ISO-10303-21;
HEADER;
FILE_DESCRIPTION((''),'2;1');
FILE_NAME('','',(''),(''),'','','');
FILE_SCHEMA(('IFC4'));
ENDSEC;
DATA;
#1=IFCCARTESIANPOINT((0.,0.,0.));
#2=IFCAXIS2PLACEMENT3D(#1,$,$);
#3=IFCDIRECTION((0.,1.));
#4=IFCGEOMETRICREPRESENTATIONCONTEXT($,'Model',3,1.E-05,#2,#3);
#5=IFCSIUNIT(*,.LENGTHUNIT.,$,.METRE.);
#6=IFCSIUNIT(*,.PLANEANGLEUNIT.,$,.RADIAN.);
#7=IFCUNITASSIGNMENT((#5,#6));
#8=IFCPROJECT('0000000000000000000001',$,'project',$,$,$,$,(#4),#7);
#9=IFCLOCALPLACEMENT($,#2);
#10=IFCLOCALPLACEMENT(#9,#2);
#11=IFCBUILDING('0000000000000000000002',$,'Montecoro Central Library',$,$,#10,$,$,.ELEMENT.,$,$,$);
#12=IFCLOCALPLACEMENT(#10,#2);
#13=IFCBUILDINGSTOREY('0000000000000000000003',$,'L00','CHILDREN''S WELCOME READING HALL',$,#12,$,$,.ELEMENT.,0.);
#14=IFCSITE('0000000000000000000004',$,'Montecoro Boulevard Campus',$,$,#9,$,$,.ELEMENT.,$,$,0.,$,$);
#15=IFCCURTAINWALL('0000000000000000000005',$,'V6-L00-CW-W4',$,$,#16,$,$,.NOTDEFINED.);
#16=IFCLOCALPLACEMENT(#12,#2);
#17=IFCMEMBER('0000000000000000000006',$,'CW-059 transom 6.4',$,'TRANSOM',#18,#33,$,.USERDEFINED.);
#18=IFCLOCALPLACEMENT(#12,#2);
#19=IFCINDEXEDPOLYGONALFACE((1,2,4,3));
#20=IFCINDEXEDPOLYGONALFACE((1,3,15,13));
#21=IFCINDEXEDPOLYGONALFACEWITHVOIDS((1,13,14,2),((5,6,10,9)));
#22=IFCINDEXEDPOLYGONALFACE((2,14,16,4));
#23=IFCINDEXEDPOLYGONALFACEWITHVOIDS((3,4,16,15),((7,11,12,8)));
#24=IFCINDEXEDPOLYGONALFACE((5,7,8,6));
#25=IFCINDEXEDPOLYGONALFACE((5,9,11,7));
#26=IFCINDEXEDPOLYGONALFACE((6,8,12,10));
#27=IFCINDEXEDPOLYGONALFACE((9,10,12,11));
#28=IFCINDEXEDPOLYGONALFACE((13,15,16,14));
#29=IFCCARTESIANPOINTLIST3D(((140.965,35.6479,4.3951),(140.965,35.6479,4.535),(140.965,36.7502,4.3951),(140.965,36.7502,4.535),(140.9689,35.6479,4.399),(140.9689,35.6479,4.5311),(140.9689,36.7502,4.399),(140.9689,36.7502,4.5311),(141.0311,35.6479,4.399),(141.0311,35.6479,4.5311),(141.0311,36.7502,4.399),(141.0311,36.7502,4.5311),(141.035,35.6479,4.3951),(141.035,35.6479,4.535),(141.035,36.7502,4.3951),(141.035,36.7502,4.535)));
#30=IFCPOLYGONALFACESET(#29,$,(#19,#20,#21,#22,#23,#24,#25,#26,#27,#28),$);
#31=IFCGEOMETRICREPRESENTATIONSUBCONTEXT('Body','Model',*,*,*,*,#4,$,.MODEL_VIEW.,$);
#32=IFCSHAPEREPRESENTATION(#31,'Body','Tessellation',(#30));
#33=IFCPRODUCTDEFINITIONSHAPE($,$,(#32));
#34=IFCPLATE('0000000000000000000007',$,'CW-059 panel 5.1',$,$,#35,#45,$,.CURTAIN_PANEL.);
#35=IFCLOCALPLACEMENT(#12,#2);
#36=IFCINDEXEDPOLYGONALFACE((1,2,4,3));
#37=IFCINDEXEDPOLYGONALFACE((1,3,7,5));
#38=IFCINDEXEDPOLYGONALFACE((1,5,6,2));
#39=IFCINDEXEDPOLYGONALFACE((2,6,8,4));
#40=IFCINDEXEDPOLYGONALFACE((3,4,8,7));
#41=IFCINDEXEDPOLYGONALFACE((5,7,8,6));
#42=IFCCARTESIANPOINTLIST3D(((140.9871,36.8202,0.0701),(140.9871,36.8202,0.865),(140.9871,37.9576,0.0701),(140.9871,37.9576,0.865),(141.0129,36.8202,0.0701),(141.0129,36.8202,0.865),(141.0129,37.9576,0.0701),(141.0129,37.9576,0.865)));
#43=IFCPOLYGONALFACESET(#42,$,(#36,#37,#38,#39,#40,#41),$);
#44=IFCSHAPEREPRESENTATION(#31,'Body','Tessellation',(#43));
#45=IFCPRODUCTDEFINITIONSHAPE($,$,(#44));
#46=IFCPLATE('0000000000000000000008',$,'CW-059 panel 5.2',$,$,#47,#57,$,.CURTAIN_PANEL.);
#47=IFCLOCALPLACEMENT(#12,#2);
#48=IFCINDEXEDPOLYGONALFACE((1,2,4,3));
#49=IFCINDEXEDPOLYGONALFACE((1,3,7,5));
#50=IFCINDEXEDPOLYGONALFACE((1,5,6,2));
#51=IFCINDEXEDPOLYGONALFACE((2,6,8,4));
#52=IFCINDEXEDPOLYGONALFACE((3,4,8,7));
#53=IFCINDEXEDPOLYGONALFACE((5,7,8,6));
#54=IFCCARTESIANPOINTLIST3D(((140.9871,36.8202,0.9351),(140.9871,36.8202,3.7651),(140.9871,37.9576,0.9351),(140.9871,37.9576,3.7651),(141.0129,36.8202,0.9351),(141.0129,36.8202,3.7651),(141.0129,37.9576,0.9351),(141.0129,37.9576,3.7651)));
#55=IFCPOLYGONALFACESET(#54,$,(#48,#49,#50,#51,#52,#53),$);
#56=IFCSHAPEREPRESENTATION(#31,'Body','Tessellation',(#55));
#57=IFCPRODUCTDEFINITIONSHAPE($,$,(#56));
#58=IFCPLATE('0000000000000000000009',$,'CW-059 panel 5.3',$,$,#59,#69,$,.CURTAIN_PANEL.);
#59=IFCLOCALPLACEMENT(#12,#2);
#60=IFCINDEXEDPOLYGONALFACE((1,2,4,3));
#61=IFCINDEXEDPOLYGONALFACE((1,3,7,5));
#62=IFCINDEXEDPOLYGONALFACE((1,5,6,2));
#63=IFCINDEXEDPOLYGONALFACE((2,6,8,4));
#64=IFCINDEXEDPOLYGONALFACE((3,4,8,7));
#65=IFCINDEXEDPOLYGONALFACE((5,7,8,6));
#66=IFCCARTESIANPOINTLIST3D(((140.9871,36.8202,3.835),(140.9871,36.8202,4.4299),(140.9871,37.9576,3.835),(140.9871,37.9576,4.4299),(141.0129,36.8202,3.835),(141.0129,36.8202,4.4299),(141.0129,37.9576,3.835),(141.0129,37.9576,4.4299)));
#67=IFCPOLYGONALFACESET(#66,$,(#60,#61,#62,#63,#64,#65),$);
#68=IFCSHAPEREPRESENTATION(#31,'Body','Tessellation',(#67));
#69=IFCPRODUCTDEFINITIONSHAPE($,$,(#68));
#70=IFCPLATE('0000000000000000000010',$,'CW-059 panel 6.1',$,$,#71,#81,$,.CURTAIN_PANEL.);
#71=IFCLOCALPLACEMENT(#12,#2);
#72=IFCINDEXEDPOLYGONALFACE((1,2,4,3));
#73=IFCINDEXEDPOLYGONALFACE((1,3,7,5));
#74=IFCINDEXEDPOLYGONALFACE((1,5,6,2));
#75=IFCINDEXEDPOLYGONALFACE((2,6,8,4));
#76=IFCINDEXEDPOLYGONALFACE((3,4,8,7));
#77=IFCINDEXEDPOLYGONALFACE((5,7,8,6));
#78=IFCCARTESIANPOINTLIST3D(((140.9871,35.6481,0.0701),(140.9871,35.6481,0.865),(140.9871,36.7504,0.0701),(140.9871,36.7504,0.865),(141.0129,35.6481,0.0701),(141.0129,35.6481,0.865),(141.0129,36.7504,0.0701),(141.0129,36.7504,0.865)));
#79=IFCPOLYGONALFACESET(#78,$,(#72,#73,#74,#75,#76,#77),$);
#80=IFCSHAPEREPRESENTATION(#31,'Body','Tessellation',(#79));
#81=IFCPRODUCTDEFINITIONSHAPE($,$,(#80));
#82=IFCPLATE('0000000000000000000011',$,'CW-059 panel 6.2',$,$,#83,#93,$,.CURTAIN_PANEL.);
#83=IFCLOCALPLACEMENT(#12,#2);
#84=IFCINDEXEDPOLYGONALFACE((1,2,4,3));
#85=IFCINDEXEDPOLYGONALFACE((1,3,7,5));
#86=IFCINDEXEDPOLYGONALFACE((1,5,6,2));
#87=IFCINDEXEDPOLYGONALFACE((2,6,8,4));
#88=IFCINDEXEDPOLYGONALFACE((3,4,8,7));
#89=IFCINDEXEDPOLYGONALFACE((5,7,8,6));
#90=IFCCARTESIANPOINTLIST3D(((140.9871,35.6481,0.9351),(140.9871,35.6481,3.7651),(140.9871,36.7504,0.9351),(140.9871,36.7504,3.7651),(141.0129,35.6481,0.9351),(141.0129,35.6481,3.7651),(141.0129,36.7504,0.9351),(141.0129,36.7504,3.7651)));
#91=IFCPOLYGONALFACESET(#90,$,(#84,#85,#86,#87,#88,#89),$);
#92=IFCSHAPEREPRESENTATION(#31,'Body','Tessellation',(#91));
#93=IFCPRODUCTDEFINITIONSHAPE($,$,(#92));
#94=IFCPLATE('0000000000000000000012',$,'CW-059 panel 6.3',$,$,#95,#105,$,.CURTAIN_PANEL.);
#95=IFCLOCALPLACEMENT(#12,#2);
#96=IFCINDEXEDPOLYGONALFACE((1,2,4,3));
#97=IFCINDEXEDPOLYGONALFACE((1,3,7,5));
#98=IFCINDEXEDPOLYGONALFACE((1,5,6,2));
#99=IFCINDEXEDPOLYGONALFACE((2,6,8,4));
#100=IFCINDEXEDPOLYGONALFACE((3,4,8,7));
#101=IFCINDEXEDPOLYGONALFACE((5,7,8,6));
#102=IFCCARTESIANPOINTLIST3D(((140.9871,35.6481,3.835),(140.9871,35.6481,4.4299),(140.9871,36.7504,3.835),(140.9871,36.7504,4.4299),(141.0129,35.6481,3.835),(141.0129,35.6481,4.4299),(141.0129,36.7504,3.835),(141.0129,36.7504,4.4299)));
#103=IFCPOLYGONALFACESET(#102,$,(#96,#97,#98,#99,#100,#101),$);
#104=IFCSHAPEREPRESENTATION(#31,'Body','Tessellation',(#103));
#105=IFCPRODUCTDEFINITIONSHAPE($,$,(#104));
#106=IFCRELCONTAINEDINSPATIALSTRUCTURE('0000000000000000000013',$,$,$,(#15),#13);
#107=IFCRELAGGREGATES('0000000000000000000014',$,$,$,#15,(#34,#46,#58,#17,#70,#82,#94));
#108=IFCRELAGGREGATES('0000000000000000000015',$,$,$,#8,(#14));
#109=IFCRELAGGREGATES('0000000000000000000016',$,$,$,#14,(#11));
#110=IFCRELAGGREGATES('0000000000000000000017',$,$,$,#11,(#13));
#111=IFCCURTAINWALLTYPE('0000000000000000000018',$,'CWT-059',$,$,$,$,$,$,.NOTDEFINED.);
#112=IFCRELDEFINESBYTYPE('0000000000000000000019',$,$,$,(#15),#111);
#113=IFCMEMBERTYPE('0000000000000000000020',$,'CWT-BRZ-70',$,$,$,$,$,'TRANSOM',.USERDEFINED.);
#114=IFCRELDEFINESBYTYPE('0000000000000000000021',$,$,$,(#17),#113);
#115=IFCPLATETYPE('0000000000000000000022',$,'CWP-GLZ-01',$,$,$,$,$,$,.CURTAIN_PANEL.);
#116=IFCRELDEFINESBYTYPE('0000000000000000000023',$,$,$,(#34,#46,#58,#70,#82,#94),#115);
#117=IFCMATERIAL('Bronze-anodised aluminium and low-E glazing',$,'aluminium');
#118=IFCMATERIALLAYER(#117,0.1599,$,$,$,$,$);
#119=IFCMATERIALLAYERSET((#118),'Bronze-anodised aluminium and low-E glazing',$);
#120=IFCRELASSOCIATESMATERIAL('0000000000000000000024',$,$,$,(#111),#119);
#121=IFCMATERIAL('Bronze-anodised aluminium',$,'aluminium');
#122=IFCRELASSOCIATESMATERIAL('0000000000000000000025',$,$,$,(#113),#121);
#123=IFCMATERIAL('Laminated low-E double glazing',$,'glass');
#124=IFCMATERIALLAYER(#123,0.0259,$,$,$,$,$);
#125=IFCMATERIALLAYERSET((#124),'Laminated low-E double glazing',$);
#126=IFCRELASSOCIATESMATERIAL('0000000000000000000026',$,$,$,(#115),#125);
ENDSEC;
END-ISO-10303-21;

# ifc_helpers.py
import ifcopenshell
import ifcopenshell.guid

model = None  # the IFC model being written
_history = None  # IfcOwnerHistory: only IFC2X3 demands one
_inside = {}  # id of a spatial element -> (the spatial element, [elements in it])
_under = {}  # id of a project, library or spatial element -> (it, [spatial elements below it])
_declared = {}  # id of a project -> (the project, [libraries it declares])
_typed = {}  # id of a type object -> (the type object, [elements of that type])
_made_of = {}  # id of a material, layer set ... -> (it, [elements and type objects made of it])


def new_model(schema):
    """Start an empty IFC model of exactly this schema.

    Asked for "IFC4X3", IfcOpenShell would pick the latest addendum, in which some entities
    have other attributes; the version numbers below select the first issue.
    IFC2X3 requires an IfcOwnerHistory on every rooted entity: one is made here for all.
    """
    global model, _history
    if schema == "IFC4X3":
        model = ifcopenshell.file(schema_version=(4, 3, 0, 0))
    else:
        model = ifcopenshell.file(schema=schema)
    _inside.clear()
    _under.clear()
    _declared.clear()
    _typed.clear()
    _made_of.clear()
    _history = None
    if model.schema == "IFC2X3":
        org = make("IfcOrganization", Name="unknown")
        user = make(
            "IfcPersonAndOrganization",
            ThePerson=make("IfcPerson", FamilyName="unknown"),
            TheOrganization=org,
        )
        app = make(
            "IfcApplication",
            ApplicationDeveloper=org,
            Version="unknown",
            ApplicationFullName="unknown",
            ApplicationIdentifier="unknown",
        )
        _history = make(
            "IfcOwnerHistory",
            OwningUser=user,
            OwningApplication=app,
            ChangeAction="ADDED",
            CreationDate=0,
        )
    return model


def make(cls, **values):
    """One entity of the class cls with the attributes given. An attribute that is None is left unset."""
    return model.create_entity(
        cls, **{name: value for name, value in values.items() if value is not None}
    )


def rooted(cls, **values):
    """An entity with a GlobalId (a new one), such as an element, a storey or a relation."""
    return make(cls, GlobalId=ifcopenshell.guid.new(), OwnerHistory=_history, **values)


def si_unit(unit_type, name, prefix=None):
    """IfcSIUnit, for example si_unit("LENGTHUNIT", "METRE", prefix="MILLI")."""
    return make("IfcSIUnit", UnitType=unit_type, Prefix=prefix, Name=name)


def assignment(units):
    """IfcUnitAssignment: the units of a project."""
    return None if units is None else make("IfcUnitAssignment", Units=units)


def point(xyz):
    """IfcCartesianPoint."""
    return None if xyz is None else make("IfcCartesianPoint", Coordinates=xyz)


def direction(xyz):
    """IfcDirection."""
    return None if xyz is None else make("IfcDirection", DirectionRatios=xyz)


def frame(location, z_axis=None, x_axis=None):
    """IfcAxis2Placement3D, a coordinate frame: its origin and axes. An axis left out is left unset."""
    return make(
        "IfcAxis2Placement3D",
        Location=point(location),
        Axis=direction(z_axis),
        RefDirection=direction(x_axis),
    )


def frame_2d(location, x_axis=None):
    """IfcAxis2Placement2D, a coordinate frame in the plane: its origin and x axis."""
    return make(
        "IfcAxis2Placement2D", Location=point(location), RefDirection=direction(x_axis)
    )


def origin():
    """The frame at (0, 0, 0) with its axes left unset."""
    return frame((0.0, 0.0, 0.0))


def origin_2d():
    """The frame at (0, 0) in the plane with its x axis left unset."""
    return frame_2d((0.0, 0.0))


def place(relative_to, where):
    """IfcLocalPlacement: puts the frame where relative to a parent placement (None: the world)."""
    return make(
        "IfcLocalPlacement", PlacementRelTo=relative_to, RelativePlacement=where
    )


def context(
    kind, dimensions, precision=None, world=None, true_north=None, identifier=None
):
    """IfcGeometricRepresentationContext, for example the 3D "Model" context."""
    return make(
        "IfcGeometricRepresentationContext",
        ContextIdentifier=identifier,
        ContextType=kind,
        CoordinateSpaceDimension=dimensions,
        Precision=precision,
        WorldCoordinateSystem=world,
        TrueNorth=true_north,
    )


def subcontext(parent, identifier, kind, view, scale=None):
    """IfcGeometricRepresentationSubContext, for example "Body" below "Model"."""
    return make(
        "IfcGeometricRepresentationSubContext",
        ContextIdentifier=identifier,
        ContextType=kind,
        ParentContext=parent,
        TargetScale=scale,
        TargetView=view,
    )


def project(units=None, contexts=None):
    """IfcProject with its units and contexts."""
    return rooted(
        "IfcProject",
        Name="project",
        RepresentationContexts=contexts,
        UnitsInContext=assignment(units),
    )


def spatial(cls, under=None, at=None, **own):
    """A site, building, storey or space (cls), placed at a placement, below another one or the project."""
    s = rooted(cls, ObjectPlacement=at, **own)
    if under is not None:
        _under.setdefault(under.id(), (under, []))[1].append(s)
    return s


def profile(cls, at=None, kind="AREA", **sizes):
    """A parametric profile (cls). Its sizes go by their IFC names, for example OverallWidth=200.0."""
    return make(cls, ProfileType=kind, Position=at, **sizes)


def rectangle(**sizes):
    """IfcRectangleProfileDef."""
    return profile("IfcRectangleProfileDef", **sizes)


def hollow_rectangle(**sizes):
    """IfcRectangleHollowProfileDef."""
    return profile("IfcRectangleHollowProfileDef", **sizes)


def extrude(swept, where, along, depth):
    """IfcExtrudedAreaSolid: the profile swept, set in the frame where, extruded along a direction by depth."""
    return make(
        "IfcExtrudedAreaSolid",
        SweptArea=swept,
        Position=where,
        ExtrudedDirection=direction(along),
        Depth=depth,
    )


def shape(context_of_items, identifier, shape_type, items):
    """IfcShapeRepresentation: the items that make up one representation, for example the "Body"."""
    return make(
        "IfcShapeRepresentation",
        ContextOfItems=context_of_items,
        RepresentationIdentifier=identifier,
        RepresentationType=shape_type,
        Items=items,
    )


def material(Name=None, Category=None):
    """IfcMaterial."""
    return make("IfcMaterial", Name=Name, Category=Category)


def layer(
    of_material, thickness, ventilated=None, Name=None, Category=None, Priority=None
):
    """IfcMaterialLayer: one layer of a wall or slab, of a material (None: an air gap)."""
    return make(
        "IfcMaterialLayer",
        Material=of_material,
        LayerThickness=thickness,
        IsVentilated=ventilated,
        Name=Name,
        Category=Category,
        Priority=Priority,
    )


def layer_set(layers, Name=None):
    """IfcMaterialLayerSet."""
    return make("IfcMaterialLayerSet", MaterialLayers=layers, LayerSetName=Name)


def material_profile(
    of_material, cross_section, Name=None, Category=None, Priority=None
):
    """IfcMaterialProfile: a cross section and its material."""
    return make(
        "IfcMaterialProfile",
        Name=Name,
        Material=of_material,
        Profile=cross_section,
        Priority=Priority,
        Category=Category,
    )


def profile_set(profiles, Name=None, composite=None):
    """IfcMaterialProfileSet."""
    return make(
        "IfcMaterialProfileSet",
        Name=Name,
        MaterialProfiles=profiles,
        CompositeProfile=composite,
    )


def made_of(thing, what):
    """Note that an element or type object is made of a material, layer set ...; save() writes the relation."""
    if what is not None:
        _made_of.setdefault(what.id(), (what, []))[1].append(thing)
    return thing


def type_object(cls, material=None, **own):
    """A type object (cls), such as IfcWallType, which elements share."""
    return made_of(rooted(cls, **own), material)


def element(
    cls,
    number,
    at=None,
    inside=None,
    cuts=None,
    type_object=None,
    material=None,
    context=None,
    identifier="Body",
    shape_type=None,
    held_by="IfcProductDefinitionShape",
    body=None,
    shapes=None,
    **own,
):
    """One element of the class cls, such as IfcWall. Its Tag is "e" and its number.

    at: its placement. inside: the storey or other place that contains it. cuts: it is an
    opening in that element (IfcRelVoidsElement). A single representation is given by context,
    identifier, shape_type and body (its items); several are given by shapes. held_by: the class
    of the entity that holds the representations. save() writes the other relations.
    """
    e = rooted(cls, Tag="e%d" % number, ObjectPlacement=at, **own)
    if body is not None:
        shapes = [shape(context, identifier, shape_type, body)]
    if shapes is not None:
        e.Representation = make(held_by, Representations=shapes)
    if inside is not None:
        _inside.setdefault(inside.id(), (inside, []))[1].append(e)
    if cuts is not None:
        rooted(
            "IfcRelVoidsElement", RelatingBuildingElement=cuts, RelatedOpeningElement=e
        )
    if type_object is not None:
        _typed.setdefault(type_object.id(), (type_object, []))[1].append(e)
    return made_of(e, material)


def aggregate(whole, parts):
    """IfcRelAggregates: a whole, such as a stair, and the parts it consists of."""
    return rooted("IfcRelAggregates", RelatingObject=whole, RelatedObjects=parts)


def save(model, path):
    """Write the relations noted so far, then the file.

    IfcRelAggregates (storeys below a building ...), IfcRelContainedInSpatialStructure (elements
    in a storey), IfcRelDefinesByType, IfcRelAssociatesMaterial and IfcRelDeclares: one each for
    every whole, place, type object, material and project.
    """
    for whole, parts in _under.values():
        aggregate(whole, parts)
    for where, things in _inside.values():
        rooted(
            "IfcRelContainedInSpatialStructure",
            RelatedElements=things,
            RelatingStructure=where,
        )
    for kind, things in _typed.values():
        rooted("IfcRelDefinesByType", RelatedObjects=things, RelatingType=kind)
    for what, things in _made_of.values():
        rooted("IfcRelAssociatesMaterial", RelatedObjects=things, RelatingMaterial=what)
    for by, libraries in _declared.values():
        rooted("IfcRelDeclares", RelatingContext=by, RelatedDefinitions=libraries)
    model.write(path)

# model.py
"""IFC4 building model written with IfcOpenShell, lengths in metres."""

from ifc_helpers import new_model, si_unit, direction, frame, origin, origin_2d, place, context, subcontext, project, spatial, rectangle, hollow_rectangle, extrude, material, layer, layer_set, material_profile, profile_set, type_object, element, aggregate, save


model = new_model("IFC4")

# Units and contexts
model_context = context("Model", 3, precision=1e-05, world=origin(), true_north=direction((0.0, 1.0)))
body_context = subcontext(model_context, "Body", "Model", "MODEL_VIEW")
ifc_project = project(units=[si_unit("LENGTHUNIT", "METRE"), si_unit("PLANEANGLEUNIT", "RADIAN")], contexts=[model_context])

# Site, building, storey
site_placement = place(None, origin())
site = spatial("IfcSite", under=ifc_project, at=site_placement, Name="Montecoro Boulevard Campus", CompositionType="ELEMENT", RefElevation=0.0)
building_placement = place(site_placement, origin())
building = spatial("IfcBuilding", under=site, at=building_placement, Name="Montecoro Central Library", CompositionType="ELEMENT")
storey_placement = place(building_placement, origin())
storey = spatial("IfcBuildingStorey", under=building, at=storey_placement, Name="L00", Description="CHILDREN'S WELCOME READING HALL", CompositionType="ELEMENT", Elevation=0.0)

# Curtain wall, member, plates
ifc_material_1 = material(Name="Bronze-anodised aluminium and low-E glazing", Category="aluminium")
ifc_layer_1 = layer(ifc_material_1, 0.1599)
ifc_layer_set_1 = layer_set([ifc_layer_1], Name="Bronze-anodised aluminium and low-E glazing")
curtain_wall_type = type_object("IfcCurtainWallType", Name="CWT-059", PredefinedType="NOTDEFINED", material=ifc_layer_set_1)
curtain_wall_placement = place(storey_placement, origin())
curtain_wall = element("IfcCurtainWall", 1, at=curtain_wall_placement, inside=storey, type_object=curtain_wall_type, Name="V6-L00-CW-W4", PredefinedType="NOTDEFINED")
ifc_material_2 = material(Name="Bronze-anodised aluminium", Category="aluminium")
ifc_material_profile_1 = material_profile(ifc_material_2, hollow_rectangle(XDim=0.0701, YDim=0.1399, WallThickness=0.0039, at=origin_2d()), Name="CWT 140x70x4.0")
ifc_profile_set_1 = profile_set([ifc_material_profile_1], Name="Bronze-anodised aluminium")
member_type_1 = type_object("IfcMemberType", Name="CWT-BRZ-70", ElementType="TRANSOM", PredefinedType="USERDEFINED", material=ifc_profile_set_1)
member_1_placement = place(storey_placement, frame((141.0, 36.7502, 4.4651), z_axis=(0.0, -1.0, 0.0), x_axis=(1.0, 0.0, 0.0)))
member_1 = element("IfcMember", 2, at=member_1_placement, type_object=member_type_1, Name="CW-059 transom 6.4", ObjectType="TRANSOM", PredefinedType="USERDEFINED", context=body_context, shape_type="SweptSolid", body=[
    extrude(hollow_rectangle(XDim=0.0701, YDim=0.1399, WallThickness=0.0039, at=origin_2d()), origin(), (0.0, 0.0, 1.0), 1.1023),
])
ifc_material_3 = material(Name="Laminated low-E double glazing", Category="glass")
ifc_layer_2 = layer(ifc_material_3, 0.0259)
ifc_layer_set_2 = layer_set([ifc_layer_2], Name="Laminated low-E double glazing")
plate_type = type_object("IfcPlateType", Name="CWP-GLZ-01", PredefinedType="CURTAIN_PANEL", material=ifc_layer_set_2)
plate_1_placement = place(storey_placement, frame((141.0, 37.3889, 0.0701), z_axis=(0.0, 0.0, 1.0), x_axis=(0.0, -1.0, 0.0)))
plate_1 = element("IfcPlate", 3, at=plate_1_placement, type_object=plate_type, Name="CW-059 panel 5.1", PredefinedType="CURTAIN_PANEL", context=body_context, shape_type="SweptSolid", body=[
    extrude(rectangle(XDim=1.1375, YDim=0.0259, at=origin_2d()), origin(), (0.0, 0.0, 1.0), 0.7949),
])
plate_2_placement = place(storey_placement, frame((141.0, 37.3889, 0.9351), z_axis=(0.0, 0.0, 1.0), x_axis=(0.0, -1.0, 0.0)))
plate_2 = element("IfcPlate", 4, at=plate_2_placement, type_object=plate_type, Name="CW-059 panel 5.2", PredefinedType="CURTAIN_PANEL", context=body_context, shape_type="SweptSolid", body=[
    extrude(rectangle(XDim=1.1375, YDim=0.0259, at=origin_2d()), origin(), (0.0, 0.0, 1.0), 2.8301),
])
plate_3_placement = place(storey_placement, frame((141.0, 37.3889, 3.835), z_axis=(0.0, 0.0, 1.0), x_axis=(0.0, -1.0, 0.0)))
plate_3 = element("IfcPlate", 5, at=plate_3_placement, type_object=plate_type, Name="CW-059 panel 5.3", PredefinedType="CURTAIN_PANEL", context=body_context, shape_type="SweptSolid", body=[
    extrude(rectangle(XDim=1.1375, YDim=0.0259, at=origin_2d()), origin(), (0.0, 0.0, 1.0), 0.595),
])
plate_4_placement = place(storey_placement, frame((141.0, 36.1992, 0.0701), z_axis=(0.0, 0.0, 1.0), x_axis=(0.0, -1.0, 0.0)))
plate_4 = element("IfcPlate", 6, at=plate_4_placement, type_object=plate_type, Name="CW-059 panel 6.1", PredefinedType="CURTAIN_PANEL", context=body_context, shape_type="SweptSolid", body=[
    extrude(rectangle(XDim=1.1023, YDim=0.0259, at=origin_2d()), origin(), (0.0, 0.0, 1.0), 0.7949),
])
plate_5_placement = place(storey_placement, frame((141.0, 36.1992, 0.9351), z_axis=(0.0, 0.0, 1.0), x_axis=(0.0, -1.0, 0.0)))
plate_5 = element("IfcPlate", 7, at=plate_5_placement, type_object=plate_type, Name="CW-059 panel 6.2", PredefinedType="CURTAIN_PANEL", context=body_context, shape_type="SweptSolid", body=[
    extrude(rectangle(XDim=1.1023, YDim=0.0259, at=origin_2d()), origin(), (0.0, 0.0, 1.0), 2.8301),
])
plate_6_placement = place(storey_placement, frame((141.0, 36.1992, 3.835), z_axis=(0.0, 0.0, 1.0), x_axis=(0.0, -1.0, 0.0)))
plate_6 = element("IfcPlate", 8, at=plate_6_placement, type_object=plate_type, Name="CW-059 panel 6.3", PredefinedType="CURTAIN_PANEL", context=body_context, shape_type="SweptSolid", body=[
    extrude(rectangle(XDim=1.1023, YDim=0.0259, at=origin_2d()), origin(), (0.0, 0.0, 1.0), 0.595),
])
aggregate(curtain_wall, [plate_1, plate_2, plate_3, member_1, plate_4, plate_5, plate_6])

save(model, "model.ifc")
